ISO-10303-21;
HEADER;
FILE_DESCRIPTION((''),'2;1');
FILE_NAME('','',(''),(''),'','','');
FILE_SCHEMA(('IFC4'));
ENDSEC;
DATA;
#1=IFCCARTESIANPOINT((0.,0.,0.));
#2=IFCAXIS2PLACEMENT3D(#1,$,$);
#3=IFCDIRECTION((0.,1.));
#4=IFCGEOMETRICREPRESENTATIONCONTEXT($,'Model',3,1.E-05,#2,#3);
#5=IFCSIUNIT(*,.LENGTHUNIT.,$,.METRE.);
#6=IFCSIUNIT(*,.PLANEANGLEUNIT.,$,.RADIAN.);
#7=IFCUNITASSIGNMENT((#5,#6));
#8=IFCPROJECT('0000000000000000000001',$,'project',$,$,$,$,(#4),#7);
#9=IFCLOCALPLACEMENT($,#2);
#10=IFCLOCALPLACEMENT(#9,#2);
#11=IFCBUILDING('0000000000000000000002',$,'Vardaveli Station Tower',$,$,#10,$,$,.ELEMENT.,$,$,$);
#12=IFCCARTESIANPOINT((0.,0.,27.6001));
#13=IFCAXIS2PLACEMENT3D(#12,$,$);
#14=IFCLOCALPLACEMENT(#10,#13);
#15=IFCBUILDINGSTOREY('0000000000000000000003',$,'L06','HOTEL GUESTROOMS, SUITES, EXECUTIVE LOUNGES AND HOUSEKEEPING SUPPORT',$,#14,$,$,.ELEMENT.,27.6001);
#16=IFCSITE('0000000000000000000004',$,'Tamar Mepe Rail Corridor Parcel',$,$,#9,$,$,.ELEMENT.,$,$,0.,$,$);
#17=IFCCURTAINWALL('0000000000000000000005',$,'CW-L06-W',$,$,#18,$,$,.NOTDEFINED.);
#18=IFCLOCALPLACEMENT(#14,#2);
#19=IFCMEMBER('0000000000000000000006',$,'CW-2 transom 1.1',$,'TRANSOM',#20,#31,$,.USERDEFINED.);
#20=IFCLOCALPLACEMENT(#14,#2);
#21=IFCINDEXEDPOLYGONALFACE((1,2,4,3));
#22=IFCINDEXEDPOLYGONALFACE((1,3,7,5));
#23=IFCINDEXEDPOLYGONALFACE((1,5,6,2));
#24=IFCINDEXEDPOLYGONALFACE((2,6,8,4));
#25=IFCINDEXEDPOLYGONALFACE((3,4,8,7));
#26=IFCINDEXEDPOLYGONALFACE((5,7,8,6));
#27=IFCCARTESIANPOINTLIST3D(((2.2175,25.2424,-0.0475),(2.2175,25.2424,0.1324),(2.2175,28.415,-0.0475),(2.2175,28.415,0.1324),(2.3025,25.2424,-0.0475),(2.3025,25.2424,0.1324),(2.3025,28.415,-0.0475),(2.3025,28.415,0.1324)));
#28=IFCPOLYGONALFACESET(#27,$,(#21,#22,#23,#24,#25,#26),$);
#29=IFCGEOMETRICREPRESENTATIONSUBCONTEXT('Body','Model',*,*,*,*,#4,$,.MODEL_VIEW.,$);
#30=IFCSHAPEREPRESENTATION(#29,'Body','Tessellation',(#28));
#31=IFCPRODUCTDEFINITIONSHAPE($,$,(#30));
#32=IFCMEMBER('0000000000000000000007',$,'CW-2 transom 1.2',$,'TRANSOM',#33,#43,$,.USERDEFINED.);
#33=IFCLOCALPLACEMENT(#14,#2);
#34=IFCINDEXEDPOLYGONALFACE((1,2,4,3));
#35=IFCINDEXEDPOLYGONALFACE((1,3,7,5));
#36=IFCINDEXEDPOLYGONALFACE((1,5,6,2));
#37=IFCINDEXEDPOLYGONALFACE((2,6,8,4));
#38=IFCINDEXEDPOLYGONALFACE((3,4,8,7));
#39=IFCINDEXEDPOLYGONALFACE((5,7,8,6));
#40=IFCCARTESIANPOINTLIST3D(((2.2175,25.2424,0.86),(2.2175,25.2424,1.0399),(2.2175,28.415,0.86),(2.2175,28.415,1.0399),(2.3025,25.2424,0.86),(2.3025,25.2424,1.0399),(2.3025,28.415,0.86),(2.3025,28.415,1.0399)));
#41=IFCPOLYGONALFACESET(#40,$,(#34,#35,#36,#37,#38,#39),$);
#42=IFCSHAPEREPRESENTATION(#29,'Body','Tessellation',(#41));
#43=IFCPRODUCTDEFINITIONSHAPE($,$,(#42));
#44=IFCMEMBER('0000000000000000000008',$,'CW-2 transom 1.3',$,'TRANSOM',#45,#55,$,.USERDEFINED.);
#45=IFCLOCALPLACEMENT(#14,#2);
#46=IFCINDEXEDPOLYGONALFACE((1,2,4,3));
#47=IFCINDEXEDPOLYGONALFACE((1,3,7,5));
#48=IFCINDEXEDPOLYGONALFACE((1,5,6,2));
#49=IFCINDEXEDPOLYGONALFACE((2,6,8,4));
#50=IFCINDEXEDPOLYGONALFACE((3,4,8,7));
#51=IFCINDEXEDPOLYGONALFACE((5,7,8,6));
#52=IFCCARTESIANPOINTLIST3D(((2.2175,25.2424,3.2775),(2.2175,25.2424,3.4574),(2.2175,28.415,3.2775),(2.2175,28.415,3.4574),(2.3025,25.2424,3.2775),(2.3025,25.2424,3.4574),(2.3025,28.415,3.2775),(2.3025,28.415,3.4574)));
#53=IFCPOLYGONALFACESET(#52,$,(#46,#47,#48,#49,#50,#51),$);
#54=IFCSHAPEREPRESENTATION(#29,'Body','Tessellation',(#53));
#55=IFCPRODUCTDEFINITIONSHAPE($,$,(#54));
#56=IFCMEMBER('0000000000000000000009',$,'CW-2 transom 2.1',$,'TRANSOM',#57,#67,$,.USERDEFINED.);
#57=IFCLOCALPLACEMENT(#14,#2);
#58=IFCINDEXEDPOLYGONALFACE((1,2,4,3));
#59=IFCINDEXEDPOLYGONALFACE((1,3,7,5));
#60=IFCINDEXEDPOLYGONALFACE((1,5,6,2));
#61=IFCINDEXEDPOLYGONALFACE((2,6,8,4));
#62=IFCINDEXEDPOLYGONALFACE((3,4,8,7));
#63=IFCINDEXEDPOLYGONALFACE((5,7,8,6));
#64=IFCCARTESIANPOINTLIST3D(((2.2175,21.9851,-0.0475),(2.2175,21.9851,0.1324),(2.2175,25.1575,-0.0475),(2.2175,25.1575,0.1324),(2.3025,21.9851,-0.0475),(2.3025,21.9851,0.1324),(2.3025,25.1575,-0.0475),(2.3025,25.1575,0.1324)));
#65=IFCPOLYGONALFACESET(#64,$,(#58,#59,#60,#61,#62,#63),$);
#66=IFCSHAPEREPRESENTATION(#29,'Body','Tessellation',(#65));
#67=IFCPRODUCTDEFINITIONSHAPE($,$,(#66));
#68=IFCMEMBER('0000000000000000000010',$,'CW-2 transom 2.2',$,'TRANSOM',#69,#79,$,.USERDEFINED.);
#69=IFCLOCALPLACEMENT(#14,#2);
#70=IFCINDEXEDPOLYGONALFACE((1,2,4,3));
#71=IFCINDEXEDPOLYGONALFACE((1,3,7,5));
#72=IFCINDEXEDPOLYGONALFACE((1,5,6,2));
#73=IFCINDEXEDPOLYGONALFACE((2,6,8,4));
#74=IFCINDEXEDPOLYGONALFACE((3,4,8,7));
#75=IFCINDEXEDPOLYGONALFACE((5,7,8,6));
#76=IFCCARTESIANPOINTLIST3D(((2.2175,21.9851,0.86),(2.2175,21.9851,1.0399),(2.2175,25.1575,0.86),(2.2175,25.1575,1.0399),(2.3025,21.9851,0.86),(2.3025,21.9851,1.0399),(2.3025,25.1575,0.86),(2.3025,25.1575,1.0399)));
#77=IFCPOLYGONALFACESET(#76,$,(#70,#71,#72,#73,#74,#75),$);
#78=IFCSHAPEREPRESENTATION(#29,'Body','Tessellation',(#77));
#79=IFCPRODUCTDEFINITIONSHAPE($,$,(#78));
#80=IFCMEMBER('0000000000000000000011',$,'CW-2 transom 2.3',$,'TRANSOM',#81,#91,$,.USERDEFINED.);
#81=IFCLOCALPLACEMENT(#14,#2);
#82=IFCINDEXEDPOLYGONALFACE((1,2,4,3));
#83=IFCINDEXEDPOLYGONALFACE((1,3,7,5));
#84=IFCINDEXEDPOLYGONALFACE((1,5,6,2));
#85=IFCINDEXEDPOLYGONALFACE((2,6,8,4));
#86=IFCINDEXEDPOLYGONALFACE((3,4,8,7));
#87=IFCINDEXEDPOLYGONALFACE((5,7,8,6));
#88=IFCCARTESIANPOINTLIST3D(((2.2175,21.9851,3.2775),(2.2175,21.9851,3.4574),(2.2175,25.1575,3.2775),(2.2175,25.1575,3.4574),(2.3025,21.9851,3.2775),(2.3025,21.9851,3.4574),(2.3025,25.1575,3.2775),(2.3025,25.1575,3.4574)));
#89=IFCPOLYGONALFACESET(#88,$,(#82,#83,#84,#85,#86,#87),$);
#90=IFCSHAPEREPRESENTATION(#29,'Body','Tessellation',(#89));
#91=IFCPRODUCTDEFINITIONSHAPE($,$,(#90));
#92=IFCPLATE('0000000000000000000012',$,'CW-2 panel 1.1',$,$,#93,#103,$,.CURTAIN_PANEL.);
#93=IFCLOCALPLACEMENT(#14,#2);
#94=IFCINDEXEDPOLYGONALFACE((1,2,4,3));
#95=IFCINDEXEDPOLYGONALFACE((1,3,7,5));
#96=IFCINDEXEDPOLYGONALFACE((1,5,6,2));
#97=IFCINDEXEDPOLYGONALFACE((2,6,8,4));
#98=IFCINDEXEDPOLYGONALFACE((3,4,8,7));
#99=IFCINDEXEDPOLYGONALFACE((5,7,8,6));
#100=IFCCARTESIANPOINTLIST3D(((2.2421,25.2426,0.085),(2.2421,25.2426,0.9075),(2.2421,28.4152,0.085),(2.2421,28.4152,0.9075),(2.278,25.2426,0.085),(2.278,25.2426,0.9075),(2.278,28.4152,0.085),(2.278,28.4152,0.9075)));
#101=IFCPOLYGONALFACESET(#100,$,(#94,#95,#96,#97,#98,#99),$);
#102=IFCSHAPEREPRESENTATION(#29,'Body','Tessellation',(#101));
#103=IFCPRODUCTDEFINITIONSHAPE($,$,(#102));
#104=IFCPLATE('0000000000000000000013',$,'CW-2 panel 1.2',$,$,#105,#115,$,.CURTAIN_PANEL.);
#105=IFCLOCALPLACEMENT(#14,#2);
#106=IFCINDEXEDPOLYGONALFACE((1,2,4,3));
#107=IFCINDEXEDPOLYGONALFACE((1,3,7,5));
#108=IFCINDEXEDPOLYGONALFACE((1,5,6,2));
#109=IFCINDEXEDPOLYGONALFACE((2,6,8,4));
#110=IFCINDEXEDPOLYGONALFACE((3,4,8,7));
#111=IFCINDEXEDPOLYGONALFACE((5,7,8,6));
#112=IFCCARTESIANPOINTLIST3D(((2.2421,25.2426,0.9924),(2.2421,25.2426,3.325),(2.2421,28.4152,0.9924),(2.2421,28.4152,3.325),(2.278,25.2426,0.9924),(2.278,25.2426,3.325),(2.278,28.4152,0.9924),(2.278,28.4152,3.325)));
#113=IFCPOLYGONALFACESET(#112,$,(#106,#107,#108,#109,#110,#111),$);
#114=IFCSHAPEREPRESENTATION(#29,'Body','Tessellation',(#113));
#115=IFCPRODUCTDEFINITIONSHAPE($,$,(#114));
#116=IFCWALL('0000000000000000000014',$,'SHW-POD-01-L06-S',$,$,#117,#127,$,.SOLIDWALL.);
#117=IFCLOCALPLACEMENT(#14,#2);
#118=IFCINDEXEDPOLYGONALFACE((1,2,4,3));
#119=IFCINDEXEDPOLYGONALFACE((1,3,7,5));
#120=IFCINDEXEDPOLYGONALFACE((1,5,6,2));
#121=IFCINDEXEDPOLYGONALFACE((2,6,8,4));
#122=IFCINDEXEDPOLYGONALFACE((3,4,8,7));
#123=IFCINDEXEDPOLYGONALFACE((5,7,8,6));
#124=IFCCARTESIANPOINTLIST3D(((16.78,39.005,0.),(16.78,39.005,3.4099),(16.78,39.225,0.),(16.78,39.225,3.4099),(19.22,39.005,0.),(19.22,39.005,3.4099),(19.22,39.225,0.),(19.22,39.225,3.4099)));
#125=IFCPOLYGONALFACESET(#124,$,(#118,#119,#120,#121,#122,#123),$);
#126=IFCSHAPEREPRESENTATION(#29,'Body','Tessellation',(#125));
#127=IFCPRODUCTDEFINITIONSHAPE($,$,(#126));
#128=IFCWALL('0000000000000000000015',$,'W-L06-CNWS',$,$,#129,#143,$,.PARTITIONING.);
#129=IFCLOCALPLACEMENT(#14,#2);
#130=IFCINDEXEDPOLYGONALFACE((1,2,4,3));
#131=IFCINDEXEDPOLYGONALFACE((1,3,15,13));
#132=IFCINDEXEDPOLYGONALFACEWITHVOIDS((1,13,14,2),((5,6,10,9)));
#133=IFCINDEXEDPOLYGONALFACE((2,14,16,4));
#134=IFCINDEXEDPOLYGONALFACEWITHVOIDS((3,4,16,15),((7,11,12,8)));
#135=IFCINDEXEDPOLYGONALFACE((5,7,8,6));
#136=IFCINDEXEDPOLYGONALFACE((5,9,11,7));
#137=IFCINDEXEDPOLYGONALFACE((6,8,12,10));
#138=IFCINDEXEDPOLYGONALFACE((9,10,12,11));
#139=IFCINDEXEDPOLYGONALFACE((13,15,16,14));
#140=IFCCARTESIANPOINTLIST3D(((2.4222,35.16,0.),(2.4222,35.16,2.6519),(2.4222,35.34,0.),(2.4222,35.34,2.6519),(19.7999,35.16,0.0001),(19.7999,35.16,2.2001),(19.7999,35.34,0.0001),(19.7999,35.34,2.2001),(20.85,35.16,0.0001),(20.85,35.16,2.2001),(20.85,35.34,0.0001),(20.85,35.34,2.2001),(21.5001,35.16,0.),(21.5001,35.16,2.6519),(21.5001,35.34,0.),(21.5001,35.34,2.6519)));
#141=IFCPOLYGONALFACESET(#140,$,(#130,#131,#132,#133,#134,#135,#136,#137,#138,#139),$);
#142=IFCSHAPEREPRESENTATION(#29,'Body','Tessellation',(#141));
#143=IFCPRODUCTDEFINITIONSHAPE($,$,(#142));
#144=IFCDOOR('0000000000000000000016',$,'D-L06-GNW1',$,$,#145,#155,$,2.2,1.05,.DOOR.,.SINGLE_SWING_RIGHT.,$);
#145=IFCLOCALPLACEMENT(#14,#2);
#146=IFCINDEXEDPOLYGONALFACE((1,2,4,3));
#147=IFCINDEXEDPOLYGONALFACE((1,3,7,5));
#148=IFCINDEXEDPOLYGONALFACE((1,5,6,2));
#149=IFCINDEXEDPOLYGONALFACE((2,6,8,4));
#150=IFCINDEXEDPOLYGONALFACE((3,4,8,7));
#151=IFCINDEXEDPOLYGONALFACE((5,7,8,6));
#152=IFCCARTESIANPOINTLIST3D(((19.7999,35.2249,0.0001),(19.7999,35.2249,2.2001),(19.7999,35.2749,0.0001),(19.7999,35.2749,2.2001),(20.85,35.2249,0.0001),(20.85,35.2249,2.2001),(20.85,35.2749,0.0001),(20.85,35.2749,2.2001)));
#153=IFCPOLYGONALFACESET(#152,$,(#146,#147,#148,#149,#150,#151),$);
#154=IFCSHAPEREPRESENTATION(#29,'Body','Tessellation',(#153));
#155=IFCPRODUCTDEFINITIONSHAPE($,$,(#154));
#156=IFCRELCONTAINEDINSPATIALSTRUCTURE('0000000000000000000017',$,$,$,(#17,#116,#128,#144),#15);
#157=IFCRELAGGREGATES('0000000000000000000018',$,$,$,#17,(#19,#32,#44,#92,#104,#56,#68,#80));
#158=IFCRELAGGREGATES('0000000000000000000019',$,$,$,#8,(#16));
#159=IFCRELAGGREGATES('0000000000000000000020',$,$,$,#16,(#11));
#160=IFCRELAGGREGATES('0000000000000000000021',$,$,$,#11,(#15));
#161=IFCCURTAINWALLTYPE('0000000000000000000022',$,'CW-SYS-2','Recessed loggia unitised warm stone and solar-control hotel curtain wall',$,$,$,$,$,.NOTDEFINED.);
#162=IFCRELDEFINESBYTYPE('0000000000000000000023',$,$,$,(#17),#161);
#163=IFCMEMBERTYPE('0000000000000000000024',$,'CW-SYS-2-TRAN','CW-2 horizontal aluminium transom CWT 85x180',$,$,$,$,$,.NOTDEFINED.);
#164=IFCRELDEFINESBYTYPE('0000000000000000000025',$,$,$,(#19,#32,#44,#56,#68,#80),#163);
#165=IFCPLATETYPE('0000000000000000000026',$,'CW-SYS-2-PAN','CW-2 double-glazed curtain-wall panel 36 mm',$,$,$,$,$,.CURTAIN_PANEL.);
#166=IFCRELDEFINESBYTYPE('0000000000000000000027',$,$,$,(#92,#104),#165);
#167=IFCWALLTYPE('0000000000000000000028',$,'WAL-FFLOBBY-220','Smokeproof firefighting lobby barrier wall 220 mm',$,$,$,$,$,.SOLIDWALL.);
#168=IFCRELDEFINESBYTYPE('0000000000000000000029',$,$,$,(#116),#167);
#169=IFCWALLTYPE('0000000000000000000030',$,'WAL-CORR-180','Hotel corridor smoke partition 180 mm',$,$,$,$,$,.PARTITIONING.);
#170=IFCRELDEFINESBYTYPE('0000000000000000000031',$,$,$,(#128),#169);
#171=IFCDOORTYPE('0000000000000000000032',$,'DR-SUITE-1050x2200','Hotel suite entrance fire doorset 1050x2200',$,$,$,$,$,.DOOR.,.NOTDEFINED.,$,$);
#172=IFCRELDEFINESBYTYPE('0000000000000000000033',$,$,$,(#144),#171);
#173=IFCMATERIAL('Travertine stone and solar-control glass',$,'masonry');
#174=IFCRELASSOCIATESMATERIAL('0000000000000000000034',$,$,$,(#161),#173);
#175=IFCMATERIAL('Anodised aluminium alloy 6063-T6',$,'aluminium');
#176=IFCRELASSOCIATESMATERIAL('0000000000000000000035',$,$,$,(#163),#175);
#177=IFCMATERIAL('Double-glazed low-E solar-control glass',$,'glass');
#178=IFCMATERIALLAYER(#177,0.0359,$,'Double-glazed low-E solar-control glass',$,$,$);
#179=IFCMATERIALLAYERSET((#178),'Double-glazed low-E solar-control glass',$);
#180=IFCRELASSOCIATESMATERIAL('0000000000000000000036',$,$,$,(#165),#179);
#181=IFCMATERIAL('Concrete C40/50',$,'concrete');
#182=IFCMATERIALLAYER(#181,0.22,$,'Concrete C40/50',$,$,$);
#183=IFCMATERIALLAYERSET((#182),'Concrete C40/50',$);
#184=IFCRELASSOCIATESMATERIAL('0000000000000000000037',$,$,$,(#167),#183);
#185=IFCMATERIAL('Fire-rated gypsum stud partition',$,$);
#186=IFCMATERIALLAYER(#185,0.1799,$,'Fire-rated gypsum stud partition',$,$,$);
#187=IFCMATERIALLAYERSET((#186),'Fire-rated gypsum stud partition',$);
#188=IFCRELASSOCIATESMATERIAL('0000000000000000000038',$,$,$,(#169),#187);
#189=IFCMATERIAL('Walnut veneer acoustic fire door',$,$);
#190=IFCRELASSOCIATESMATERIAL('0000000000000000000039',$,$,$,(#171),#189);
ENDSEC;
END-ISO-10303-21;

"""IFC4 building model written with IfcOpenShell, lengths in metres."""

from ifc_helpers import new_model, si_unit, direction, frame, frame_2d, origin, origin_2d, place, context, subcontext, project, spatial, rectangle, extrude, source, transform, mapped, material, layer, layer_set, material_profile, profile_set, type_object, element, fill, aggregate, save


model = new_model("IFC4")

# Units and contexts
model_context = context("Model", 3, precision=1e-05, world=origin(), true_north=direction((0.0, 1.0)))
body_context = subcontext(model_context, "Body", "Model", "MODEL_VIEW")
ifc_project = project(units=[si_unit("LENGTHUNIT", "METRE"), si_unit("PLANEANGLEUNIT", "RADIAN")], contexts=[model_context])

# Site, building, storey
site_placement = place(None, origin())
site = spatial("IfcSite", under=ifc_project, at=site_placement, Name="Tamar Mepe Rail Corridor Parcel", CompositionType="ELEMENT", RefElevation=0.0)
building_placement = place(site_placement, origin())
building = spatial("IfcBuilding", under=site, at=building_placement, Name="Vardaveli Station Tower", CompositionType="ELEMENT")
storey_placement = place(building_placement, frame((0.0, 0.0, 27.6001)))
storey = spatial("IfcBuildingStorey", under=building, at=storey_placement, Name="L06", Description="HOTEL GUESTROOMS, SUITES, EXECUTIVE LOUNGES AND HOUSEKEEPING SUPPORT", CompositionType="ELEMENT", Elevation=27.6001)

# Curtain wall, members, plates
ifc_material_1 = material(Name="Travertine stone and solar-control glass", Category="masonry")
curtain_wall_type = type_object("IfcCurtainWallType", Name="CW-SYS-2", Description="Recessed loggia unitised warm stone and solar-control hotel curtain wall", PredefinedType="NOTDEFINED", material=ifc_material_1)
curtain_wall_placement = place(storey_placement, origin())
curtain_wall = element("IfcCurtainWall", 1, at=curtain_wall_placement, inside=storey, type_object=curtain_wall_type, Name="CW-L06-W", PredefinedType="NOTDEFINED")
ifc_material_2 = material(Name="Anodised aluminium alloy 6063-T6", Category="aluminium")
ifc_material_profile_1 = material_profile(ifc_material_2, rectangle(XDim=0.085, YDim=0.1799, at=origin_2d()), Name="CWT 85x180")
ifc_profile_set_1 = profile_set([ifc_material_profile_1], Name="Anodised aluminium alloy 6063-T6")
member_type_1 = type_object("IfcMemberType", Name="CW-SYS-2-TRAN", Description="CW-2 horizontal aluminium transom CWT 85x180", PredefinedType="NOTDEFINED", material=ifc_profile_set_1)
shared_shape_1 = source(origin(), body_context, "Body", "SweptSolid", [
    extrude(rectangle(XDim=0.085, YDim=0.1799, at=origin_2d()), origin(), (0.0, 0.0, 1.0), 3.1726),
])
member_1_placement = place(storey_placement, frame((2.26, 28.415, 0.0425), z_axis=(0.0, -1.0, 0.0), x_axis=(1.0, 0.0, 0.0)))
member_1 = element("IfcMember", 2, at=member_1_placement, type_object=member_type_1, Name="CW-2 transom 1.1", ObjectType="TRANSOM", PredefinedType="USERDEFINED", context=body_context, shape_type="MappedRepresentation", body=[
    mapped(shared_shape_1, transform((0.0, 0.0, 0.0), scale=1.0)),
])
member_2_placement = place(storey_placement, frame((2.26, 28.415, 0.95), z_axis=(0.0, -1.0, 0.0), x_axis=(1.0, 0.0, 0.0)))
member_2 = element("IfcMember", 3, at=member_2_placement, type_object=member_type_1, Name="CW-2 transom 1.2", ObjectType="TRANSOM", PredefinedType="USERDEFINED", context=body_context, shape_type="MappedRepresentation", body=[
    mapped(shared_shape_1, transform((0.0, 0.0, 0.0), scale=1.0)),
])
member_3_placement = place(storey_placement, frame((2.26, 28.415, 3.3674), z_axis=(0.0, -1.0, 0.0), x_axis=(1.0, 0.0, 0.0)))
member_3 = element("IfcMember", 4, at=member_3_placement, type_object=member_type_1, Name="CW-2 transom 1.3", ObjectType="TRANSOM", PredefinedType="USERDEFINED", context=body_context, shape_type="MappedRepresentation", body=[
    mapped(shared_shape_1, transform((0.0, 0.0, 0.0), scale=1.0)),
])
shared_shape_2 = source(origin(), body_context, "Body", "SweptSolid", [
    extrude(rectangle(XDim=0.085, YDim=0.1799, at=origin_2d()), origin(), (0.0, 0.0, 1.0), 3.1724),
])
member_4_placement = place(storey_placement, frame((2.26, 25.1575, 0.0425), z_axis=(0.0, -1.0, 0.0), x_axis=(1.0, 0.0, 0.0)))
member_4 = element("IfcMember", 5, at=member_4_placement, type_object=member_type_1, Name="CW-2 transom 2.1", ObjectType="TRANSOM", PredefinedType="USERDEFINED", context=body_context, shape_type="MappedRepresentation", body=[
    mapped(shared_shape_2, transform((0.0, 0.0, 0.0), scale=1.0)),
])
member_5_placement = place(storey_placement, frame((2.26, 25.1575, 0.95), z_axis=(0.0, -1.0, 0.0), x_axis=(1.0, 0.0, 0.0)))
member_5 = element("IfcMember", 6, at=member_5_placement, type_object=member_type_1, Name="CW-2 transom 2.2", ObjectType="TRANSOM", PredefinedType="USERDEFINED", context=body_context, shape_type="MappedRepresentation", body=[
    mapped(shared_shape_2, transform((0.0, 0.0, 0.0), scale=1.0)),
])
member_6_placement = place(storey_placement, frame((2.26, 25.1575, 3.3674), z_axis=(0.0, -1.0, 0.0), x_axis=(1.0, 0.0, 0.0)))
member_6 = element("IfcMember", 7, at=member_6_placement, type_object=member_type_1, Name="CW-2 transom 2.3", ObjectType="TRANSOM", PredefinedType="USERDEFINED", context=body_context, shape_type="MappedRepresentation", body=[
    mapped(shared_shape_2, transform((0.0, 0.0, 0.0), scale=1.0)),
])
ifc_material_3 = material(Name="Double-glazed low-E solar-control glass", Category="glass")
ifc_layer_1 = layer(ifc_material_3, 0.0359, Name="Double-glazed low-E solar-control glass")
ifc_layer_set_1 = layer_set([ifc_layer_1], Name="Double-glazed low-E solar-control glass")
plate_type = type_object("IfcPlateType", Name="CW-SYS-2-PAN", Description="CW-2 double-glazed curtain-wall panel 36 mm", PredefinedType="CURTAIN_PANEL", material=ifc_layer_set_1)
shared_shape_3 = source(origin(), body_context, "Body", "SweptSolid", [
    extrude(rectangle(XDim=3.1726, YDim=0.0359, at=origin_2d()), origin(), (0.0, 0.0, 1.0), 0.8225),
])
plate_1_placement = place(storey_placement, frame((2.26, 26.8289, 0.085), z_axis=(0.0, 0.0, 1.0), x_axis=(0.0, -1.0, 0.0)))
plate_1 = element("IfcPlate", 8, at=plate_1_placement, type_object=plate_type, Name="CW-2 panel 1.1", PredefinedType="CURTAIN_PANEL", context=body_context, shape_type="MappedRepresentation", body=[
    mapped(shared_shape_3, transform((0.0, 0.0, 0.0), scale=1.0)),
])
shared_shape_4 = source(origin(), body_context, "Body", "SweptSolid", [
    extrude(rectangle(XDim=3.1726, YDim=0.0359, at=origin_2d()), origin(), (0.0, 0.0, 1.0), 2.3325),
])
plate_2_placement = place(storey_placement, frame((2.26, 26.8289, 0.9924), z_axis=(0.0, 0.0, 1.0), x_axis=(0.0, -1.0, 0.0)))
plate_2 = element("IfcPlate", 9, at=plate_2_placement, type_object=plate_type, Name="CW-2 panel 1.2", PredefinedType="CURTAIN_PANEL", context=body_context, shape_type="MappedRepresentation", body=[
    mapped(shared_shape_4, transform((0.0, 0.0, 0.0), scale=1.0)),
])
aggregate(curtain_wall, [member_1, member_2, member_3, plate_1, plate_2, member_4, member_5, member_6])

# Wall
ifc_material_4 = material(Name="Concrete C40/50", Category="concrete")
ifc_layer_2 = layer(ifc_material_4, 0.22, Name="Concrete C40/50")
ifc_layer_set_2 = layer_set([ifc_layer_2], Name="Concrete C40/50")
wall_type_1 = type_object("IfcWallType", Name="WAL-FFLOBBY-220", Description="Smokeproof firefighting lobby barrier wall 220 mm", PredefinedType="SOLIDWALL", material=ifc_layer_set_2)
shared_shape_5 = source(origin(), body_context, "Body", "SweptSolid", [
    extrude(rectangle(XDim=2.4399, YDim=0.22, at=frame_2d((1.22, 0.0))), origin(), (0.0, 0.0, 1.0), 3.4099),
])
wall_1_placement = place(storey_placement, frame((16.78, 39.115, 0.0), z_axis=(0.0, 0.0, 1.0), x_axis=(1.0, 0.0, 0.0)))
element("IfcWall", 10, at=wall_1_placement, inside=storey, type_object=wall_type_1, Name="SHW-POD-01-L06-S", PredefinedType="SOLIDWALL", context=body_context, shape_type="MappedRepresentation", body=[
    mapped(shared_shape_5, transform((0.0, 0.0, 0.0), scale=1.0)),
])

# Wall, opening, door
ifc_material_5 = material(Name="Fire-rated gypsum stud partition")
ifc_layer_3 = layer(ifc_material_5, 0.1799, Name="Fire-rated gypsum stud partition")
ifc_layer_set_3 = layer_set([ifc_layer_3], Name="Fire-rated gypsum stud partition")
wall_type_2 = type_object("IfcWallType", Name="WAL-CORR-180", Description="Hotel corridor smoke partition 180 mm", PredefinedType="PARTITIONING", material=ifc_layer_set_3)
shared_shape_6 = source(origin(), body_context, "Body", "SweptSolid", [
    extrude(rectangle(XDim=19.0779, YDim=0.1799, at=frame_2d((9.5391, 0.0))), origin(), (0.0, 0.0, 1.0), 2.6519),
])
wall_2_placement = place(storey_placement, frame((2.4221, 35.25, 0.0), z_axis=(0.0, 0.0, 1.0), x_axis=(1.0, 0.0, 0.0)))
wall_2 = element("IfcWall", 11, at=wall_2_placement, inside=storey, type_object=wall_type_2, Name="W-L06-CNWS", PredefinedType="PARTITIONING", context=body_context, shape_type="MappedRepresentation", body=[
    mapped(shared_shape_6, transform((0.0, 0.0, 0.0), scale=1.0)),
])
shared_shape_7 = source(origin(), body_context, "Body", "SweptSolid", [
    extrude(rectangle(XDim=1.05, YDim=2.2, at=frame_2d((0.5249, 1.1001))), frame((0.0, 0.1001, 0.0), z_axis=(0.0, -1.0, 0.0), x_axis=(1.0, 0.0, 0.0)), (0.0, 0.0, 1.0), 0.2),
])
opening_1_placement = place(wall_2_placement, frame((17.3779, 0.0, 0.0)))
opening_1 = element("IfcOpeningElement", 12, at=opening_1_placement, cuts=wall_2, PredefinedType="OPENING", context=body_context, shape_type="MappedRepresentation", body=[
    mapped(shared_shape_7, transform((0.0, 0.0, 0.0), scale=1.0)),
])
ifc_material_6 = material(Name="Walnut veneer acoustic fire door")
door_type_1 = type_object("IfcDoorType", Name="DR-SUITE-1050x2200", Description="Hotel suite entrance fire doorset 1050x2200", OperationType="NOTDEFINED", PredefinedType="DOOR", material=ifc_material_6)
shared_shape_8 = source(origin(), body_context, "Body", "SweptSolid", [
    extrude(rectangle(XDim=1.05, YDim=2.2, at=frame_2d((0.5249, 1.1001))), frame((0.0, 0.0249, 0.0), z_axis=(0.0, -1.0, 0.0), x_axis=(1.0, 0.0, 0.0)), (0.0, 0.0, 1.0), 0.05),
])
door_1_placement = place(opening_1_placement, origin())
door_1 = element("IfcDoor", 13, at=door_1_placement, inside=storey, type_object=door_type_1, Name="D-L06-GNW1", OperationType="SINGLE_SWING_RIGHT", OverallHeight=2.2, OverallWidth=1.05, PredefinedType="DOOR", context=body_context, shape_type="MappedRepresentation", body=[
    mapped(shared_shape_8, transform((0.0, 0.0, 0.0), scale=1.0)),
])
fill(opening_1, door_1)

save(model, "model.ifc")
